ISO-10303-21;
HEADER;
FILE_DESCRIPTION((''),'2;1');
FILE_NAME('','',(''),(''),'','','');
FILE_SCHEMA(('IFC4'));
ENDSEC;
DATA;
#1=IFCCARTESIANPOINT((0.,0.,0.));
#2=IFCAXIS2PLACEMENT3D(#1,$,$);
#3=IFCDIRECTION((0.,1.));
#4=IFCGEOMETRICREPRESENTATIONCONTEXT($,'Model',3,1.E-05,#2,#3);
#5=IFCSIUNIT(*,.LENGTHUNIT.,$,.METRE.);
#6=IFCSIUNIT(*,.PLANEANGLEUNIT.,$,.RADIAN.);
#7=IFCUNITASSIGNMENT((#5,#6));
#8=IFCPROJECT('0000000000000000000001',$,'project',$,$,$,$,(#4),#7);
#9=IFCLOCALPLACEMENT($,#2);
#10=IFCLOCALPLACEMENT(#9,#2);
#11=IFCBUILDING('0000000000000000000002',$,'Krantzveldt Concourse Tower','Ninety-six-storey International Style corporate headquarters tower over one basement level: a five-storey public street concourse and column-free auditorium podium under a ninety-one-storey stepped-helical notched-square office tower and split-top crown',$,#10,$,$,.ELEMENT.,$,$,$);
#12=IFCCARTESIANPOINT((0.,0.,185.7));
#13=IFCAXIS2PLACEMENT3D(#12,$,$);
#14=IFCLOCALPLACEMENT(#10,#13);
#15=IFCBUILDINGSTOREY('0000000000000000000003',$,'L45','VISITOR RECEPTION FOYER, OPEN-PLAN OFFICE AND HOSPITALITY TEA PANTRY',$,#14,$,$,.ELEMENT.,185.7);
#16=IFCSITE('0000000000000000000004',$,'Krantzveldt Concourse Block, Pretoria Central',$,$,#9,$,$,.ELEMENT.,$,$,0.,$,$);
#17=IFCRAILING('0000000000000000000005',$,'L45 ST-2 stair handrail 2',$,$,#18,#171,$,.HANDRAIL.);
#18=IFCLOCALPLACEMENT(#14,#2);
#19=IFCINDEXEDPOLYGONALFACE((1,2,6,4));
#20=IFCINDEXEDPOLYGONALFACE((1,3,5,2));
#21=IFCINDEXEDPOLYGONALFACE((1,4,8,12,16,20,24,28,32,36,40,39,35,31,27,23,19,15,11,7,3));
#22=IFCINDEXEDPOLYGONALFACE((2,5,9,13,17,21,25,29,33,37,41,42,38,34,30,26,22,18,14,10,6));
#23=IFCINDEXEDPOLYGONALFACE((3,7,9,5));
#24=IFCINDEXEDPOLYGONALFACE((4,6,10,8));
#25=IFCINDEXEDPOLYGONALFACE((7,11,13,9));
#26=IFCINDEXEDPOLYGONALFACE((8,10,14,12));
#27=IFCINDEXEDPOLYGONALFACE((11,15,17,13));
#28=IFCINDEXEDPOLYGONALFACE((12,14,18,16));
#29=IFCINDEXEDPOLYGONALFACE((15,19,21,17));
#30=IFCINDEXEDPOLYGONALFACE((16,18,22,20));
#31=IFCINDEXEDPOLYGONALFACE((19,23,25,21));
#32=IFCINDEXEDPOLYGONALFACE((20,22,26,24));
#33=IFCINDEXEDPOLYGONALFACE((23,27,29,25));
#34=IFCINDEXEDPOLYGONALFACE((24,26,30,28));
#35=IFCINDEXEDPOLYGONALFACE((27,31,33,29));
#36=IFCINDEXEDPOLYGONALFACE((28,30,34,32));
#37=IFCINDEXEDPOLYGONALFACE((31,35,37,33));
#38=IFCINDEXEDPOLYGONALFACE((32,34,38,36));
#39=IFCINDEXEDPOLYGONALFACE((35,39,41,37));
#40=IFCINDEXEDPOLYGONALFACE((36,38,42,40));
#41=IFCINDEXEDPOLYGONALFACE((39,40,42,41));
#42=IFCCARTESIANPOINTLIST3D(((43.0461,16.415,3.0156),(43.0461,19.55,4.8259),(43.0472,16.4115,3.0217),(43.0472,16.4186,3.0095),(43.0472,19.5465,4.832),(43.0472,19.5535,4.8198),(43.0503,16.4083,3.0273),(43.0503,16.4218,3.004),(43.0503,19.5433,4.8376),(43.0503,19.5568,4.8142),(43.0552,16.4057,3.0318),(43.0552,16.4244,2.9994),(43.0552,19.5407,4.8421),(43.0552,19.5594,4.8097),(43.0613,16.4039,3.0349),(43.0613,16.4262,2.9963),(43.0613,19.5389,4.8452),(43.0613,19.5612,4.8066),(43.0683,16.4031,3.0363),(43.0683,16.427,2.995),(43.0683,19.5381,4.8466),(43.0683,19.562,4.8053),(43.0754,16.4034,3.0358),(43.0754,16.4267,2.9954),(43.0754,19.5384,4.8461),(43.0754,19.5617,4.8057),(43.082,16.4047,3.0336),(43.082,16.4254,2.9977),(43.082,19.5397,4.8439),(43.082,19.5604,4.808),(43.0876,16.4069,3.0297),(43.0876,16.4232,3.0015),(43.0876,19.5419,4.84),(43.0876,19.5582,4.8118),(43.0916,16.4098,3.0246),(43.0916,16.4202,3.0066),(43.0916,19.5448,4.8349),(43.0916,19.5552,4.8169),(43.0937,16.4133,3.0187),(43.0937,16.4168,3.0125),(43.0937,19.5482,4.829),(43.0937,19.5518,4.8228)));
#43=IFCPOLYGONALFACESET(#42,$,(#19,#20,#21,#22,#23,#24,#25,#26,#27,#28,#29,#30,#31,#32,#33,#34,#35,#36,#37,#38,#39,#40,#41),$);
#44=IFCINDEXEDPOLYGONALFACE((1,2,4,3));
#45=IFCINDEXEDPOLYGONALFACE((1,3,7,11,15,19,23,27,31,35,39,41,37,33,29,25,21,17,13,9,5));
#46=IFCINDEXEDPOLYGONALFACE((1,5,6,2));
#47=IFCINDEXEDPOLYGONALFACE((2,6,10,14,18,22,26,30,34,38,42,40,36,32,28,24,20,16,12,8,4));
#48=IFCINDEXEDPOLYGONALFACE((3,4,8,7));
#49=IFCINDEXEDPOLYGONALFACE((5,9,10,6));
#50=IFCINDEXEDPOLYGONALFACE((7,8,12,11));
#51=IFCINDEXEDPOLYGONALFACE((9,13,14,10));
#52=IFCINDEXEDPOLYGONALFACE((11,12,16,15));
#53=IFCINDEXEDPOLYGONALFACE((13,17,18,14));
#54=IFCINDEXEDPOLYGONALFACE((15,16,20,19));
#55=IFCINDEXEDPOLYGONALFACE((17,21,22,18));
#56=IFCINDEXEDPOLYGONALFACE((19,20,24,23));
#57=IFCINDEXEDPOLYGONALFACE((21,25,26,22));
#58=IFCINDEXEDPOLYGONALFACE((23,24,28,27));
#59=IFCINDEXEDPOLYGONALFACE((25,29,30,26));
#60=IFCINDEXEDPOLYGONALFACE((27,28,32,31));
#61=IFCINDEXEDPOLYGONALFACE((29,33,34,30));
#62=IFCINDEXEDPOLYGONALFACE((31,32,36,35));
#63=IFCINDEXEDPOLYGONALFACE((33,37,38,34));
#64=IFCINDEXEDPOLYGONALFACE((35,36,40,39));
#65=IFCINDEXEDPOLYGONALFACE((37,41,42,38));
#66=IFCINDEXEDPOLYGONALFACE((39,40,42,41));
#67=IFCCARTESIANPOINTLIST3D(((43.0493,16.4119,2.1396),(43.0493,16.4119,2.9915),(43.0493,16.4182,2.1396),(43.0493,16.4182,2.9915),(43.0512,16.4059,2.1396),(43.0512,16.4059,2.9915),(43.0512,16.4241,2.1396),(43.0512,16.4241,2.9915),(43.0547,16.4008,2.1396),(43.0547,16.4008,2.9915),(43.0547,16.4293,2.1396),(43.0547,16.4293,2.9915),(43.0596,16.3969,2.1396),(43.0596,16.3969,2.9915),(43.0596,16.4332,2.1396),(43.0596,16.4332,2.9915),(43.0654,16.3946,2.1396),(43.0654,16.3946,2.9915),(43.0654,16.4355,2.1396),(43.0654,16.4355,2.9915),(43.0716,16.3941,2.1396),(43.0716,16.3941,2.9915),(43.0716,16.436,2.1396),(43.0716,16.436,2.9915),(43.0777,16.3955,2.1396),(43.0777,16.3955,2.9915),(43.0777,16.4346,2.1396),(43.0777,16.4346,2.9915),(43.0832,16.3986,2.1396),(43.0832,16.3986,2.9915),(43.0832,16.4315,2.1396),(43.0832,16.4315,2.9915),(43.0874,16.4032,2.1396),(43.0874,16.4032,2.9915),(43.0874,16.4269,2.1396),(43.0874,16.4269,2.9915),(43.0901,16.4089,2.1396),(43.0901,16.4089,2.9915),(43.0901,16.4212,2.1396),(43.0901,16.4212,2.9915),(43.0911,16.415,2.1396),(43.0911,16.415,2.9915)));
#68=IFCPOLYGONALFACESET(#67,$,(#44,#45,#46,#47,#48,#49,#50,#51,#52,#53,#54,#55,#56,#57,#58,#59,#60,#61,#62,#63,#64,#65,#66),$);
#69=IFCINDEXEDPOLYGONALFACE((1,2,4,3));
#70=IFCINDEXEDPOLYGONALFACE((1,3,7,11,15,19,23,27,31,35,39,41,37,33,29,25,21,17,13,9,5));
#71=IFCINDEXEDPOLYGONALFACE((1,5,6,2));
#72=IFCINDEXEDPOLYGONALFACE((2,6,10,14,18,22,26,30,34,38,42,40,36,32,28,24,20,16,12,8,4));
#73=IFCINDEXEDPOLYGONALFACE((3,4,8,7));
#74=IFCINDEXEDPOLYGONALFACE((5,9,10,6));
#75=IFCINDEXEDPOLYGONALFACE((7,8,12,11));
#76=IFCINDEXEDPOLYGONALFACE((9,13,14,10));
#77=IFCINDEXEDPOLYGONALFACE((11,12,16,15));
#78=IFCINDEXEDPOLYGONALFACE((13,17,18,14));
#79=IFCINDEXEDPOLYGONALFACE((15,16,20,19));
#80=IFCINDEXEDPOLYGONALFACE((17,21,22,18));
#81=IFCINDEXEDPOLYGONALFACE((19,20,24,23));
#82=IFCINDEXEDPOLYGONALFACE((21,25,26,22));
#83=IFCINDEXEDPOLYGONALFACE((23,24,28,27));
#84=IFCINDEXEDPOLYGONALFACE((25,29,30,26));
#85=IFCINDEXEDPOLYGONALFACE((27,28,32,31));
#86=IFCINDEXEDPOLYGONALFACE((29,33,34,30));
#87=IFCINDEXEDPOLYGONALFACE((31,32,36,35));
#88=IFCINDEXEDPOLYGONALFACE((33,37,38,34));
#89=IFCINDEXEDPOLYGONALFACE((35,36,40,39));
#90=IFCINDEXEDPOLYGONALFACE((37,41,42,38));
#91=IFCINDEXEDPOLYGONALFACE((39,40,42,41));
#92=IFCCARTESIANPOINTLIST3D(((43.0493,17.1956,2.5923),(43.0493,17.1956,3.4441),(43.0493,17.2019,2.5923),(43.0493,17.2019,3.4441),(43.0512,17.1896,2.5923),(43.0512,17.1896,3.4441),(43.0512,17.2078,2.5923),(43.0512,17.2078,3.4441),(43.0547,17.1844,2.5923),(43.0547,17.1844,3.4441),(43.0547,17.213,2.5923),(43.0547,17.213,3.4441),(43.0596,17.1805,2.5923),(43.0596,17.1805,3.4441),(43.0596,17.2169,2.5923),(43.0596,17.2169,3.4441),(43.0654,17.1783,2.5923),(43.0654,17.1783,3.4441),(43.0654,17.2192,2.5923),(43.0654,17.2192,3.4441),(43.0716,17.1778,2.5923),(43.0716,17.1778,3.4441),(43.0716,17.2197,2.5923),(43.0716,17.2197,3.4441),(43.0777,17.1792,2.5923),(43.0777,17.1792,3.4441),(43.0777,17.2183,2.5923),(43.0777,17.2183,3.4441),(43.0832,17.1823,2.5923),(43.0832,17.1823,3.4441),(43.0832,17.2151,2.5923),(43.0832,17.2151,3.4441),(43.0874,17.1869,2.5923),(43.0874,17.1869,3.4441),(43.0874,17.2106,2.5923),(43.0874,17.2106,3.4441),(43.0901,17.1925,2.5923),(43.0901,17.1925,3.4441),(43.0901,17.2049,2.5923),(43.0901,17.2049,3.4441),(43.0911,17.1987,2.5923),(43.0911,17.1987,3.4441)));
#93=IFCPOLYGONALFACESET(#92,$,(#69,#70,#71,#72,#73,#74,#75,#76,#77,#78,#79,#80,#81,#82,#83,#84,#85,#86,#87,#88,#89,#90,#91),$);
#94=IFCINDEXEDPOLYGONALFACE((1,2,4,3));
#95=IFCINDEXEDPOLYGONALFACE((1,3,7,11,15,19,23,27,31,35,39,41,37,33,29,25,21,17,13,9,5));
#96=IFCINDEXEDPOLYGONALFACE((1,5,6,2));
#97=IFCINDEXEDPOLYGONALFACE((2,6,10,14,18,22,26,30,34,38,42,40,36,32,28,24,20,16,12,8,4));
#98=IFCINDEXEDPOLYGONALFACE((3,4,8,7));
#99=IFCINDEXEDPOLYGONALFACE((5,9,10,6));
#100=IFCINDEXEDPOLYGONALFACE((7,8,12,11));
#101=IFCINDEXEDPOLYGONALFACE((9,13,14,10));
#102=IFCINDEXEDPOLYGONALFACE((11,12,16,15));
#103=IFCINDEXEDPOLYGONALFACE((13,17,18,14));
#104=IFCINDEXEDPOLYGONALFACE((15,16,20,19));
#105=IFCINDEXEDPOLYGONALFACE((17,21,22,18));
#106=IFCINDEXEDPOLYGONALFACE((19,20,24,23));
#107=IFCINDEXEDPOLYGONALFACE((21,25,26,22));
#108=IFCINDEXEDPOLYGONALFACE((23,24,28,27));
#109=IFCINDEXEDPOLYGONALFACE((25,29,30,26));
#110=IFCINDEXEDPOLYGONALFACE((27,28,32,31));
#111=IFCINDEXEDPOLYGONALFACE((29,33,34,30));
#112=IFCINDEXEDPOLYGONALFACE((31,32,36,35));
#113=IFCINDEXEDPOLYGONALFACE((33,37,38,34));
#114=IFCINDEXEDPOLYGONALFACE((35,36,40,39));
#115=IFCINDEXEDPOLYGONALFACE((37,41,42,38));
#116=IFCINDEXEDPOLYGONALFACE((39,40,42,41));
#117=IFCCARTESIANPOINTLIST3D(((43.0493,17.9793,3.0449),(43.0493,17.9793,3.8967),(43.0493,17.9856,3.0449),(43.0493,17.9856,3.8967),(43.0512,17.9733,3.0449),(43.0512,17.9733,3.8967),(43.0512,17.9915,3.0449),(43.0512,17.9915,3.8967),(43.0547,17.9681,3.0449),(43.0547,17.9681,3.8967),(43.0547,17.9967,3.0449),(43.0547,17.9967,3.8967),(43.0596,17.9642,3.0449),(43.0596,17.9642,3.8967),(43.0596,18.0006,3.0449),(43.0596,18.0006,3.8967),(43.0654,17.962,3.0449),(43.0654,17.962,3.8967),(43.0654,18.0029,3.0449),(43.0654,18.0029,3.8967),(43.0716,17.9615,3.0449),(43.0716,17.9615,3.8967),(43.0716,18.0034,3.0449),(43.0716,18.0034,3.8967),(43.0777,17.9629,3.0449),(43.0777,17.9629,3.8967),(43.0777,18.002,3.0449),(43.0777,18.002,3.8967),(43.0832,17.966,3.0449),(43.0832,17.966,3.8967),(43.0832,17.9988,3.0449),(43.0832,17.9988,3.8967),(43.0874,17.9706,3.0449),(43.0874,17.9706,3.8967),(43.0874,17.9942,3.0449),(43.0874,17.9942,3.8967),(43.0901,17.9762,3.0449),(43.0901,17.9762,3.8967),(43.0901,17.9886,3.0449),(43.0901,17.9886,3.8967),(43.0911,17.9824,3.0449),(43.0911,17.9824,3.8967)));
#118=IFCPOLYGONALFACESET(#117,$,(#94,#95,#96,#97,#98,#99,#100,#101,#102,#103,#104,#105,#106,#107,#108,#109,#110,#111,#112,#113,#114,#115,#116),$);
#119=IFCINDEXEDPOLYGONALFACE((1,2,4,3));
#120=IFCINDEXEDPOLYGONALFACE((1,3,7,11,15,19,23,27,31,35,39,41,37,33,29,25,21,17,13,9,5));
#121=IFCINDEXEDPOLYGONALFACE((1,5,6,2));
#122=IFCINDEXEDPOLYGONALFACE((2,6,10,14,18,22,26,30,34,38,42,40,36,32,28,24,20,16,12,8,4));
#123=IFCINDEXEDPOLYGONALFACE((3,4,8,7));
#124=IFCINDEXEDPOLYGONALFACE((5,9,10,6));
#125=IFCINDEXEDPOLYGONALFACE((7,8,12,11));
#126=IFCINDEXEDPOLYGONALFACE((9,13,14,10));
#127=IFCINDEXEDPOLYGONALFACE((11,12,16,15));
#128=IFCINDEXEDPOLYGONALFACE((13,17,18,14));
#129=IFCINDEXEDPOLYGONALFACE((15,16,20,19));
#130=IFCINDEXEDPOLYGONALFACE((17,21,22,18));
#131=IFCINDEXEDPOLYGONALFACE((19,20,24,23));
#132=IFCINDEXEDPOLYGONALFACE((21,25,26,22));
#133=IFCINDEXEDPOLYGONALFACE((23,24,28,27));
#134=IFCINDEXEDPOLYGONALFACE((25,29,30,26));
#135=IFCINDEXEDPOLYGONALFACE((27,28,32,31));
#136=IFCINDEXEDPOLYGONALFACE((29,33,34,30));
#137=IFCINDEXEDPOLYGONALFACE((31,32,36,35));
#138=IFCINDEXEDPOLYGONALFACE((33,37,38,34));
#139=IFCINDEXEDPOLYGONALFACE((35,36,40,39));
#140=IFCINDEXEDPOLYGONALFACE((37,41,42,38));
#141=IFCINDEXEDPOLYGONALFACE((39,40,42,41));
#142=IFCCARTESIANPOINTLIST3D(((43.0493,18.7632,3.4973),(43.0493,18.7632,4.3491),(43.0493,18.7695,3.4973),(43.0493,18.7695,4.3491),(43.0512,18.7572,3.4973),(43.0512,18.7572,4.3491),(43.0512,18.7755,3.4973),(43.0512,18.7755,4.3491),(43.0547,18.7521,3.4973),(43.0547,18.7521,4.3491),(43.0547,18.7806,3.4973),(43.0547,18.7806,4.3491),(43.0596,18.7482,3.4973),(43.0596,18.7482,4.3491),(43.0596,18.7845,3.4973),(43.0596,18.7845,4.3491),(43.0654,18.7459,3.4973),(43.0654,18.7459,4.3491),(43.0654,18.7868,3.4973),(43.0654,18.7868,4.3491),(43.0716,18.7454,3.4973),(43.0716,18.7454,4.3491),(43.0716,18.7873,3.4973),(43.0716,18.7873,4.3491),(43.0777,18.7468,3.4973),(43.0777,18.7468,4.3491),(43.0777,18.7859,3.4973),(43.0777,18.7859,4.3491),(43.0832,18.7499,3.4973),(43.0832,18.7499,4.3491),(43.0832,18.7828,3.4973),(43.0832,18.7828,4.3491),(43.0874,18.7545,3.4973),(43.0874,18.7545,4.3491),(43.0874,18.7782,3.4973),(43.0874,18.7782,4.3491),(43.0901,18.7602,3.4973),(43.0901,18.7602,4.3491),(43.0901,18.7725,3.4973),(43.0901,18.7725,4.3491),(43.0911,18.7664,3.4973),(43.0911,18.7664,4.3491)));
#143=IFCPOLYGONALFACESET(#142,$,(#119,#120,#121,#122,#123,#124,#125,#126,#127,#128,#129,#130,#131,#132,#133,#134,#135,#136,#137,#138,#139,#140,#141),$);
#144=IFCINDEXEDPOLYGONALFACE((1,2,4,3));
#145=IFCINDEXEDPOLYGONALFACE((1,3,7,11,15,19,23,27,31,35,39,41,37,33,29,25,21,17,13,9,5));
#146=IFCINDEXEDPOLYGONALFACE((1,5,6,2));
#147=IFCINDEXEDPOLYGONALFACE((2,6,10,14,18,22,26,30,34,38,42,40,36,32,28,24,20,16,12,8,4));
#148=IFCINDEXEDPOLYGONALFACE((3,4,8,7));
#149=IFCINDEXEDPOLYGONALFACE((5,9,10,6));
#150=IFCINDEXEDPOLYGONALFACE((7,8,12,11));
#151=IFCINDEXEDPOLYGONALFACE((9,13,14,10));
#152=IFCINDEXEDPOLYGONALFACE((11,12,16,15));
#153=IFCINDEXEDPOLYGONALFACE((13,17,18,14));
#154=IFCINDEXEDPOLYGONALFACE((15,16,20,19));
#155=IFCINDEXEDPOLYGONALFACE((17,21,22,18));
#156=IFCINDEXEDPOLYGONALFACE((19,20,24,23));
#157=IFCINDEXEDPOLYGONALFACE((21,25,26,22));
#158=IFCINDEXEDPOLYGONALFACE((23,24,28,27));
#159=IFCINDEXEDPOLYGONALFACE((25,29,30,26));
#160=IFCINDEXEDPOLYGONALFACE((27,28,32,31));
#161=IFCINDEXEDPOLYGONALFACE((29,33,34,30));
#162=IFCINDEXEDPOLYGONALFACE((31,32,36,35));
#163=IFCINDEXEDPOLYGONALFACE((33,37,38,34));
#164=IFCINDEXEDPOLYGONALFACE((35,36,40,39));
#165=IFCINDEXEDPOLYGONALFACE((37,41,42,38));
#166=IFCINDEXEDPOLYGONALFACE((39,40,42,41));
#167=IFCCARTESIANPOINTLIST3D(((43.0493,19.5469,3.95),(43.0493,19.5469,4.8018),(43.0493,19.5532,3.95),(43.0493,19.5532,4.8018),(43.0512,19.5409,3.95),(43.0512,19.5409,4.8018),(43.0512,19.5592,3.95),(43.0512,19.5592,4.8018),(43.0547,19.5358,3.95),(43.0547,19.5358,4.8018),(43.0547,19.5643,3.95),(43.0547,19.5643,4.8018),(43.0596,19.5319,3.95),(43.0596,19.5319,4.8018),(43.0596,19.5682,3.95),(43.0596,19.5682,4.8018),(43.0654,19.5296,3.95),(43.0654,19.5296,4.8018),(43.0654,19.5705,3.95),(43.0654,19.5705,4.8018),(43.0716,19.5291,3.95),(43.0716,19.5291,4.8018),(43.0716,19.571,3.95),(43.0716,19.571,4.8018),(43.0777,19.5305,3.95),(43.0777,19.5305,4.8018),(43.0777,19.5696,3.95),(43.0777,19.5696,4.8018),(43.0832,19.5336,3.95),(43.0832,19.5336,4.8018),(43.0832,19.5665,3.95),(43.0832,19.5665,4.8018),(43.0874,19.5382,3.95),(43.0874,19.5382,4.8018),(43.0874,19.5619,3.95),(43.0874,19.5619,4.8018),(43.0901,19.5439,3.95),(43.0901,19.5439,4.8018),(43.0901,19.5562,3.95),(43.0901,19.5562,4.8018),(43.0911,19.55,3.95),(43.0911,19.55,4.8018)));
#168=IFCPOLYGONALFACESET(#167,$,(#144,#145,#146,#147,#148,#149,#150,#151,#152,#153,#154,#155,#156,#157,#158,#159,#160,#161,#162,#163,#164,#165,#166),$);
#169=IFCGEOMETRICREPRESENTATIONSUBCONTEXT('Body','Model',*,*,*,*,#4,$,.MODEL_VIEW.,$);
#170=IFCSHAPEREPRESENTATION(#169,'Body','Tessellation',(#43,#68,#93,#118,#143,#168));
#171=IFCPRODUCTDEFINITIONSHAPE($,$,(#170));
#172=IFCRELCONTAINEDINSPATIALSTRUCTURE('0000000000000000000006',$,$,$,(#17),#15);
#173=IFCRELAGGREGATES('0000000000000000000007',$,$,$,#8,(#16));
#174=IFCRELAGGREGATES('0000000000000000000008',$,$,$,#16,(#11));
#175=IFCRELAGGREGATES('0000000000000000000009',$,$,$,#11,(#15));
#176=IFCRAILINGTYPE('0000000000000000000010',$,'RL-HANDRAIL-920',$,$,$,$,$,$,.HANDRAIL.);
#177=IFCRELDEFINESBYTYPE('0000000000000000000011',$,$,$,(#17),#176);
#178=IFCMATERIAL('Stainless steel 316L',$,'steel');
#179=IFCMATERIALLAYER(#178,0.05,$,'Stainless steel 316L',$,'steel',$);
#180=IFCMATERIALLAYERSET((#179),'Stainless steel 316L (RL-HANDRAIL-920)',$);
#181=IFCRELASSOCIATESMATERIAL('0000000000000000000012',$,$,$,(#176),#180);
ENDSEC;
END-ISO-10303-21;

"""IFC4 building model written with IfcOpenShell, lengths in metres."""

from ifc_helpers import new_model, si_unit, direction, frame, origin, origin_2d, place, context, subcontext, project, spatial, circle, extrude, material, layer, layer_set, type_object, element, save


model = new_model("IFC4")

# Units and contexts
model_context = context("Model", 3, precision=1e-05, world=origin(), true_north=direction((0.0, 1.0)))
body_context = subcontext(model_context, "Body", "Model", "MODEL_VIEW")
ifc_project = project(units=[si_unit("LENGTHUNIT", "METRE"), si_unit("PLANEANGLEUNIT", "RADIAN")], contexts=[model_context])

# Site, building, storey
site_placement = place(None, origin())
site = spatial("IfcSite", under=ifc_project, at=site_placement, Name="Krantzveldt Concourse Block, Pretoria Central", CompositionType="ELEMENT", RefElevation=0.0)
building_placement = place(site_placement, origin())
building = spatial("IfcBuilding", under=site, at=building_placement, Name="Krantzveldt Concourse Tower", Description="Ninety-six-storey International Style corporate headquarters tower over one basement level: a five-storey public street concourse and column-free auditorium podium under a ninety-one-storey stepped-helical notched-square office tower and split-top crown", CompositionType="ELEMENT")
storey_placement = place(building_placement, frame((0.0, 0.0, 185.7)))
storey = spatial("IfcBuildingStorey", under=building, at=storey_placement, Name="L45", Description="VISITOR RECEPTION FOYER, OPEN-PLAN OFFICE AND HOSPITALITY TEA PANTRY", CompositionType="ELEMENT", Elevation=185.7)

# Shared definitions
ifc_material_1 = material(Name="Stainless steel 316L", Category="steel")

# Railing
ifc_layer_1 = layer(ifc_material_1, 0.05, Name="Stainless steel 316L", Category="steel")
ifc_layer_set_1 = layer_set([ifc_layer_1], Name="Stainless steel 316L (RL-HANDRAIL-920)")
railing_type_1 = type_object("IfcRailingType", Name="RL-HANDRAIL-920", PredefinedType="HANDRAIL", material=ifc_layer_set_1)
railing_1_placement = place(storey_placement, frame((43.0701, 16.415, 2.1396)))
element("IfcRailing", 1, at=railing_1_placement, inside=storey, type_object=railing_type_1, Name="L45 ST-2 stair handrail 2", PredefinedType="HANDRAIL", context=body_context, shape_type="SweptSolid", body=[
    extrude(circle(Radius=0.0239, at=origin_2d()), frame((0.0, 0.0, 0.876), z_axis=(0.0, 0.865989, 0.500063), x_axis=(-1.0, 0.0, 0.0)), (0.0, 0.0, 1.0), 3.6201),
    extrude(circle(Radius=0.021, at=origin_2d()), origin(), (0.0, 0.0, 1.0), 0.8518),
    extrude(circle(Radius=0.021, at=origin_2d()), frame((0.0, 0.7837, 0.4526)), (0.0, 0.0, 1.0), 0.8518),
    extrude(circle(Radius=0.021, at=origin_2d()), frame((0.0, 1.5674, 0.9053)), (0.0, 0.0, 1.0), 0.8518),
    extrude(circle(Radius=0.021, at=origin_2d()), frame((0.0, 2.3513, 1.3577)), (0.0, 0.0, 1.0), 0.8518),
    extrude(circle(Radius=0.021, at=origin_2d()), frame((0.0, 3.135, 1.8103)), (0.0, 0.0, 1.0), 0.8518),
])

save(model, "model.ifc")
